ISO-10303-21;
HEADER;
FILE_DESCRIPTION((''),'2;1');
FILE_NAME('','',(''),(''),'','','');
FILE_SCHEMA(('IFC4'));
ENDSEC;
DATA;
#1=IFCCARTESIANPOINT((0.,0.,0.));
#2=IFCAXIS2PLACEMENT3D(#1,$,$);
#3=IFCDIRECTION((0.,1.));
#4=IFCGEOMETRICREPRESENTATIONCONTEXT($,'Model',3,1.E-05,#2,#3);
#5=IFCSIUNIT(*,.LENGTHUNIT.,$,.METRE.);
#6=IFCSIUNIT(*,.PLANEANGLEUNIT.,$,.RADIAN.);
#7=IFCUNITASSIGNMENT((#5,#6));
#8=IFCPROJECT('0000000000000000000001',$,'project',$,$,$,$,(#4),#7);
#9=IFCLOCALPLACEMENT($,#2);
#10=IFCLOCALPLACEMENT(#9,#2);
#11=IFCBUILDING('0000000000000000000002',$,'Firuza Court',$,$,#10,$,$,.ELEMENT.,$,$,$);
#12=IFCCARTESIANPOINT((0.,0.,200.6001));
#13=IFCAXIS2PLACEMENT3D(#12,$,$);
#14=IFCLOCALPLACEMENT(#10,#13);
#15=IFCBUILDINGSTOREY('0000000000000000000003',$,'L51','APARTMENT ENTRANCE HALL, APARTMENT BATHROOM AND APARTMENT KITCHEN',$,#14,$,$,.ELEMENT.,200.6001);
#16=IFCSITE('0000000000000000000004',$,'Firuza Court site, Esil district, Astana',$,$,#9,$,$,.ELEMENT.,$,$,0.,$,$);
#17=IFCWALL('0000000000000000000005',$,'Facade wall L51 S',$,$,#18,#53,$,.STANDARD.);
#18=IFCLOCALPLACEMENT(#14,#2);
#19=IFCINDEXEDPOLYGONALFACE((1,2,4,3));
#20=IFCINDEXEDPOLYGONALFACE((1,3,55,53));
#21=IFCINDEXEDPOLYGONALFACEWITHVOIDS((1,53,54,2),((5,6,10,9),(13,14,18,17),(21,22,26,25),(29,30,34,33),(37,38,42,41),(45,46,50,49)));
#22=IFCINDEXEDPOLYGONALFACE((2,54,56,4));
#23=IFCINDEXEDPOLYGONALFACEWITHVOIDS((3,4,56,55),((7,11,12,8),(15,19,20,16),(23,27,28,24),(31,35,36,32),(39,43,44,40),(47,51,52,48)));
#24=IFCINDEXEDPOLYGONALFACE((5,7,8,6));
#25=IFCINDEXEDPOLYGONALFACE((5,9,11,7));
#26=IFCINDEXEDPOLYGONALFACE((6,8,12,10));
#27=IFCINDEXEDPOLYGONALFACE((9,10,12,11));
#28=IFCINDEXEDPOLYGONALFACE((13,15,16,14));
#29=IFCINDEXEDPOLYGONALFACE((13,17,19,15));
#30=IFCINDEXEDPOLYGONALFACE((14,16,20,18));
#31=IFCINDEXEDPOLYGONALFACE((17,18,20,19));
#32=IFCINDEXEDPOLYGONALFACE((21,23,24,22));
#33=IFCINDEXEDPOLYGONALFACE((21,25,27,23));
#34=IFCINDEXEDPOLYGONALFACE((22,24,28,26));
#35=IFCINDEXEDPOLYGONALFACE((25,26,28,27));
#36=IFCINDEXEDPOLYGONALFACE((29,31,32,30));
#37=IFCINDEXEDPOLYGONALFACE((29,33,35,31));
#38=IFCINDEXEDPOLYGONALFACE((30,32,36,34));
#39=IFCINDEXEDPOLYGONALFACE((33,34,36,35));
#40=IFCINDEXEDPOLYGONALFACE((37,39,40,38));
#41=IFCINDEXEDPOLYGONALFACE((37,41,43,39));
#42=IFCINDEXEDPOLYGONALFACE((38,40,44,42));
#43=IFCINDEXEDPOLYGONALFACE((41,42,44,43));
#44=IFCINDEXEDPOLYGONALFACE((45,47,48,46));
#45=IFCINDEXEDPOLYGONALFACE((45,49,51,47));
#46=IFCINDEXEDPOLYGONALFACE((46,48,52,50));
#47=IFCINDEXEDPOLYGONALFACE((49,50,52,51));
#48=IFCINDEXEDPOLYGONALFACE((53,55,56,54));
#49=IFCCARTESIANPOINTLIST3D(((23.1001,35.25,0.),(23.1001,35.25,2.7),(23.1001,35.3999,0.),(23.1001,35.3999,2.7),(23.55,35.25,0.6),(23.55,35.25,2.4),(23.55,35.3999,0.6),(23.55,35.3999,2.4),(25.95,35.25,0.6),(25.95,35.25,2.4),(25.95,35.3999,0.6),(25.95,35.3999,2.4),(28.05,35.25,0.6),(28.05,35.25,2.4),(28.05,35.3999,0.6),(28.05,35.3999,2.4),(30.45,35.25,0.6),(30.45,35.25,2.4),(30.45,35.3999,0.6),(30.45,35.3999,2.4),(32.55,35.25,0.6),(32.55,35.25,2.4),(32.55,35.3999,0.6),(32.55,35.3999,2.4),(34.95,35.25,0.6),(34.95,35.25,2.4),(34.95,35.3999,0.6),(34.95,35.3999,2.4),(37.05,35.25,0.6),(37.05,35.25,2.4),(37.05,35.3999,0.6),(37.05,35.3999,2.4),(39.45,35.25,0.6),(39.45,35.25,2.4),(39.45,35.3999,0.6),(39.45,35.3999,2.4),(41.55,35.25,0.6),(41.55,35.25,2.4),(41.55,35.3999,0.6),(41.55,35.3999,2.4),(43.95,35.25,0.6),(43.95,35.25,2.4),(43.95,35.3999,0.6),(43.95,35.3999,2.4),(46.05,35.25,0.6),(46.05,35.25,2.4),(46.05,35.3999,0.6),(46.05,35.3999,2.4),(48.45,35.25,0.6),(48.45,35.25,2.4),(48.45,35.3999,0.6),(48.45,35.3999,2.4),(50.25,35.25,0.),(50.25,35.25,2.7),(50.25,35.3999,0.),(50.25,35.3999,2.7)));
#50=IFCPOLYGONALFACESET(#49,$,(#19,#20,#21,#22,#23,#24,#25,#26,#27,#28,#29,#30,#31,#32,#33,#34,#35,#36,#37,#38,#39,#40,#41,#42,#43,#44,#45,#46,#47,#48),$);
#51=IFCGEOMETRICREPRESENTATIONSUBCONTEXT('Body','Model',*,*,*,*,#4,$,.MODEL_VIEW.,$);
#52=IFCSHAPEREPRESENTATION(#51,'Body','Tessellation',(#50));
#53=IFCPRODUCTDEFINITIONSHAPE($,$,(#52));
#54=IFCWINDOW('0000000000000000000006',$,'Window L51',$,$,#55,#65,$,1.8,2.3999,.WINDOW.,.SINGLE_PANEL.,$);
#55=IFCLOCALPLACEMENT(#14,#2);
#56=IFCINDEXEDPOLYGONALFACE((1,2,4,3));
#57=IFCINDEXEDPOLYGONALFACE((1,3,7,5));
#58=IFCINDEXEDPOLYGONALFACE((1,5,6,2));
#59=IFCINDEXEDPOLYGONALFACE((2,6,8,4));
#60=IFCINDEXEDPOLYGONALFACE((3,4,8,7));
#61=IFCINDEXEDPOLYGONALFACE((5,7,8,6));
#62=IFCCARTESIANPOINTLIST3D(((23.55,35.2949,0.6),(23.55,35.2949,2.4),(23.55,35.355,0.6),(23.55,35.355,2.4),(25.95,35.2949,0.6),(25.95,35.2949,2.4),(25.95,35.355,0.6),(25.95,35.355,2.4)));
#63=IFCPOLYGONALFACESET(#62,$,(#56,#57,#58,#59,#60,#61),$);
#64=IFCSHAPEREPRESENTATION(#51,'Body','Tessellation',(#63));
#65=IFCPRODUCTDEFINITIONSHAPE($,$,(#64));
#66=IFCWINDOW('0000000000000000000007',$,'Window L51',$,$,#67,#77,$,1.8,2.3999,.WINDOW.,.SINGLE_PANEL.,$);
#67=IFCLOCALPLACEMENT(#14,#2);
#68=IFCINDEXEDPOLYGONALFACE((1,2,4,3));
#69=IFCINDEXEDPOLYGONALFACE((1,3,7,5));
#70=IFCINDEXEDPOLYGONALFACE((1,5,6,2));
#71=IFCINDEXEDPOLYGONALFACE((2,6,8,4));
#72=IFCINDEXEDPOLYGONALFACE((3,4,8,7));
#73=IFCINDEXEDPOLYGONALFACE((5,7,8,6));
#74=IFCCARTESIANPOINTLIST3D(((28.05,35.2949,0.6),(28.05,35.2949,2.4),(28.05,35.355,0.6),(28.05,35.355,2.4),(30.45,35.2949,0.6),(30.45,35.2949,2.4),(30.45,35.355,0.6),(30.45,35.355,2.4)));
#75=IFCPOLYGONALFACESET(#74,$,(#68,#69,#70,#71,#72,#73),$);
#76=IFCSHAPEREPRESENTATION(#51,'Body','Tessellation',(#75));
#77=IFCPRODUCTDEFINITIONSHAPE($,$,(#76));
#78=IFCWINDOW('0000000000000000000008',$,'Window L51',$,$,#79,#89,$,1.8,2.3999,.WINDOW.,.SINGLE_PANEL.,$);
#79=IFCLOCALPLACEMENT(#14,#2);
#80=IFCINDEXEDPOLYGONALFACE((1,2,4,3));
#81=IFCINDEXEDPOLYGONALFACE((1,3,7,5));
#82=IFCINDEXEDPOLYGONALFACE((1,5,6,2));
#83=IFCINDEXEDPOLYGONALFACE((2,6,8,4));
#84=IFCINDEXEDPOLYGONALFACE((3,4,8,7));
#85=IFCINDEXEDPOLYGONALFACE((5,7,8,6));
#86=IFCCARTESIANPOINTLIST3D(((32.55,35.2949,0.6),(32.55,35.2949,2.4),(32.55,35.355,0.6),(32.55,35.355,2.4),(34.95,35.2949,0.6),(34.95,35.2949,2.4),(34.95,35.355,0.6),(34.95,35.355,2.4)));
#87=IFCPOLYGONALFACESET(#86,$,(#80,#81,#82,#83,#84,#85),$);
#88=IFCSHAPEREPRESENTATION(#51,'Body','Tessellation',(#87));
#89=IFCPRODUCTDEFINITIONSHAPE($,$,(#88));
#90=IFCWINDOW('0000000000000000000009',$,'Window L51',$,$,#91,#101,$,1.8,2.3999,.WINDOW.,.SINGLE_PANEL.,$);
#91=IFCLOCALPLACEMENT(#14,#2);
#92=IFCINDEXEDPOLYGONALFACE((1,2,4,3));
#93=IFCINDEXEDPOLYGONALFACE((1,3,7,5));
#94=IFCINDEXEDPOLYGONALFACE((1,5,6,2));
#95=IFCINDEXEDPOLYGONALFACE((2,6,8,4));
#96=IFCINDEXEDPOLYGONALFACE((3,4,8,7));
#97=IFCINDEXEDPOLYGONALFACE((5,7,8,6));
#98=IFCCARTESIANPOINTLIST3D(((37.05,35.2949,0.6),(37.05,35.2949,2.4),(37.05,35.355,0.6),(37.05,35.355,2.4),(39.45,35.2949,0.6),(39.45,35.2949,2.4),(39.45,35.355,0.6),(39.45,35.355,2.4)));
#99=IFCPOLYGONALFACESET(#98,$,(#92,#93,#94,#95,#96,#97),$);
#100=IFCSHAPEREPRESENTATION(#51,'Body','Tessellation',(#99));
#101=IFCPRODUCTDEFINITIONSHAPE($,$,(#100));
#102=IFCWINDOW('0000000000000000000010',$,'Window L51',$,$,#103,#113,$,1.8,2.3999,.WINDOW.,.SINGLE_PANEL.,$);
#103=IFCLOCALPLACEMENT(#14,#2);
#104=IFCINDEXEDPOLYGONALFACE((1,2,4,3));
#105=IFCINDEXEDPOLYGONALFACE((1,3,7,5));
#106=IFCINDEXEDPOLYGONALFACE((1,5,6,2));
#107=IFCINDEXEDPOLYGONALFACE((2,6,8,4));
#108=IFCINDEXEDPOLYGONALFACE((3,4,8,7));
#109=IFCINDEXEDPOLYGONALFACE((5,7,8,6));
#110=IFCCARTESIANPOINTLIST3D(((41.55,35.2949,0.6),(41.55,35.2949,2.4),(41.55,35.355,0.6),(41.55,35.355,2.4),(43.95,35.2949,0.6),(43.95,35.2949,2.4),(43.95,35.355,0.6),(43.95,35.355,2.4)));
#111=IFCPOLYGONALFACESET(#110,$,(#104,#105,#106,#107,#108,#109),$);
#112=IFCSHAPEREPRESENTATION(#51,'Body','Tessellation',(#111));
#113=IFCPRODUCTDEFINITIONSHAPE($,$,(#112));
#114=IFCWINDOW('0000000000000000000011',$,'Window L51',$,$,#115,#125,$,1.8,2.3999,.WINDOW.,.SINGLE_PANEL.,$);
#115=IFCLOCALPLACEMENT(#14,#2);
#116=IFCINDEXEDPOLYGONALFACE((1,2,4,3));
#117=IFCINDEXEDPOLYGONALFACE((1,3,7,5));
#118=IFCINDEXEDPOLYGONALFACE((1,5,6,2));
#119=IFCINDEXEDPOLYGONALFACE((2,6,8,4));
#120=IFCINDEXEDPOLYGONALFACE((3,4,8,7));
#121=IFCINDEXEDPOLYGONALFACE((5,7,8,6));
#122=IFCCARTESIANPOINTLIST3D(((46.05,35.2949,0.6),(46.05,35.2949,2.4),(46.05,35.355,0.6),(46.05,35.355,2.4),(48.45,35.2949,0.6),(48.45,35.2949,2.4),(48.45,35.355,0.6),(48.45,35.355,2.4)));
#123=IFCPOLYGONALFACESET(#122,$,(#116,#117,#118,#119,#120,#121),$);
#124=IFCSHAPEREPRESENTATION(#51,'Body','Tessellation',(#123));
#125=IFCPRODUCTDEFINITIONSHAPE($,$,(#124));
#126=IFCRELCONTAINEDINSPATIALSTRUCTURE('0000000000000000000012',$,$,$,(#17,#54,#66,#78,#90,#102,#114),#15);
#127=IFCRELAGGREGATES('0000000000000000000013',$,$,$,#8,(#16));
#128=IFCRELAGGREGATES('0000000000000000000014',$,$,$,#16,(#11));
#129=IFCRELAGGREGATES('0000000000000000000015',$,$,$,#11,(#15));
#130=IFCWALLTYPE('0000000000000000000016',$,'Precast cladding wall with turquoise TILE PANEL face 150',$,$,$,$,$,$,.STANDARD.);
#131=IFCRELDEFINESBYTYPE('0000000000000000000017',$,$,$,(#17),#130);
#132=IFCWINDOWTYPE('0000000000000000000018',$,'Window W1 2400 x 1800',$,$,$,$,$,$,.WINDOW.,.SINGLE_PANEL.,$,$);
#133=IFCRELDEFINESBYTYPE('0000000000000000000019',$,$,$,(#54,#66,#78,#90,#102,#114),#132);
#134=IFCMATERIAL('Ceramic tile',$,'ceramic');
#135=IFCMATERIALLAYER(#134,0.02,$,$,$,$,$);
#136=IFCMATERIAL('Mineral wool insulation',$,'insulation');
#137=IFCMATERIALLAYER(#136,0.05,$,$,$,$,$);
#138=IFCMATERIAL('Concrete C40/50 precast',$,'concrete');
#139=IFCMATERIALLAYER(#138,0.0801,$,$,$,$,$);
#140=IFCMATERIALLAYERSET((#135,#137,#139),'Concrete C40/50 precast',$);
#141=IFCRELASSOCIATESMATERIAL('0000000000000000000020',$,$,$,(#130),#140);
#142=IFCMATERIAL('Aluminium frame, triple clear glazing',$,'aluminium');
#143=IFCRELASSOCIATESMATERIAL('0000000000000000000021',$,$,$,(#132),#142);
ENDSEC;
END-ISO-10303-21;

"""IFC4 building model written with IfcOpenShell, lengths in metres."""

from ifc_helpers import new_model, si_unit, direction, frame, frame_2d, origin, place, context, subcontext, project, spatial, rectangle, extrude, material, layer, layer_set, type_object, element, fill, save


model = new_model("IFC4")

# Units and contexts
model_context = context("Model", 3, precision=1e-05, world=origin(), true_north=direction((0.0, 1.0)))
body_context = subcontext(model_context, "Body", "Model", "MODEL_VIEW")
ifc_project = project(units=[si_unit("LENGTHUNIT", "METRE"), si_unit("PLANEANGLEUNIT", "RADIAN")], contexts=[model_context])

# Site, building, storey
site_placement = place(None, origin())
site = spatial("IfcSite", under=ifc_project, at=site_placement, Name="Firuza Court site, Esil district, Astana", CompositionType="ELEMENT", RefElevation=0.0)
building_placement = place(site_placement, origin())
building = spatial("IfcBuilding", under=site, at=building_placement, Name="Firuza Court", CompositionType="ELEMENT")
storey_placement = place(building_placement, frame((0.0, 0.0, 200.6001)))
storey = spatial("IfcBuildingStorey", under=building, at=storey_placement, Name="L51", Description="APARTMENT ENTRANCE HALL, APARTMENT BATHROOM AND APARTMENT KITCHEN", CompositionType="ELEMENT", Elevation=200.6001)

# Wall, openings, windows
ifc_material_1 = material(Name="Ceramic tile", Category="ceramic")
ifc_layer_1 = layer(ifc_material_1, 0.02)
ifc_material_2 = material(Name="Mineral wool insulation", Category="insulation")
ifc_layer_2 = layer(ifc_material_2, 0.05)
ifc_material_3 = material(Name="Concrete C40/50 precast", Category="concrete")
ifc_layer_3 = layer(ifc_material_3, 0.0801)
ifc_layer_set_1 = layer_set([ifc_layer_1, ifc_layer_2, ifc_layer_3], Name="Concrete C40/50 precast")
wall_type_1 = type_object("IfcWallType", Name="Precast cladding wall with turquoise TILE PANEL face 150", PredefinedType="STANDARD", material=ifc_layer_set_1)
ifc_material_4 = material(Name="Aluminium frame, triple clear glazing", Category="aluminium")
window_type_1 = type_object("IfcWindowType", Name="Window W1 2400 x 1800", PartitioningType="SINGLE_PANEL", PredefinedType="WINDOW", material=ifc_material_4)
wall_1_placement = place(storey_placement, frame((23.1001, 35.325, 0.0), z_axis=(0.0, 0.0, 1.0), x_axis=(1.0, 0.0, 0.0)))
wall_1 = element("IfcWall", 1, at=wall_1_placement, inside=storey, type_object=wall_type_1, Name="Facade wall L51 S", PredefinedType="STANDARD", context=body_context, shape_type="SweptSolid", body=[
    extrude(rectangle(XDim=27.1499, YDim=0.1499, at=frame_2d((13.575, 0.0))), origin(), (0.0, 0.0, 1.0), 2.7),
])
opening_1_placement = place(wall_1_placement, frame((0.45, 0.0, 0.6001)))
opening_1 = element("IfcOpeningElement", 2, at=opening_1_placement, cuts=wall_1, PredefinedType="OPENING", context=body_context, shape_type="SweptSolid", body=[
    extrude(rectangle(XDim=2.3999, YDim=1.8, at=frame_2d((1.2, 0.8999))), frame((0.0, 0.0869, 0.0), z_axis=(0.0, -1.0, 0.0), x_axis=(1.0, 0.0, 0.0)), (0.0, 0.0, 1.0), 0.1738),
])
opening_2_placement = place(wall_1_placement, frame((4.95, 0.0, 0.6001)))
opening_2 = element("IfcOpeningElement", 3, at=opening_2_placement, cuts=wall_1, PredefinedType="OPENING", context=body_context, shape_type="SweptSolid", body=[
    extrude(rectangle(XDim=2.3999, YDim=1.8, at=frame_2d((1.2, 0.8999))), frame((0.0, 0.0869, 0.0), z_axis=(0.0, -1.0, 0.0), x_axis=(1.0, 0.0, 0.0)), (0.0, 0.0, 1.0), 0.1738),
])
opening_3_placement = place(wall_1_placement, frame((9.45, 0.0, 0.6001)))
opening_3 = element("IfcOpeningElement", 4, at=opening_3_placement, cuts=wall_1, PredefinedType="OPENING", context=body_context, shape_type="SweptSolid", body=[
    extrude(rectangle(XDim=2.3999, YDim=1.8, at=frame_2d((1.2, 0.8999))), frame((0.0, 0.0869, 0.0), z_axis=(0.0, -1.0, 0.0), x_axis=(1.0, 0.0, 0.0)), (0.0, 0.0, 1.0), 0.1738),
])
opening_4_placement = place(wall_1_placement, frame((13.95, 0.0, 0.6001)))
opening_4 = element("IfcOpeningElement", 5, at=opening_4_placement, cuts=wall_1, PredefinedType="OPENING", context=body_context, shape_type="SweptSolid", body=[
    extrude(rectangle(XDim=2.3999, YDim=1.8, at=frame_2d((1.2, 0.8999))), frame((0.0, 0.0869, 0.0), z_axis=(0.0, -1.0, 0.0), x_axis=(1.0, 0.0, 0.0)), (0.0, 0.0, 1.0), 0.1738),
])
opening_5_placement = place(wall_1_placement, frame((18.45, 0.0, 0.6001)))
opening_5 = element("IfcOpeningElement", 6, at=opening_5_placement, cuts=wall_1, PredefinedType="OPENING", context=body_context, shape_type="SweptSolid", body=[
    extrude(rectangle(XDim=2.3999, YDim=1.8, at=frame_2d((1.2, 0.8999))), frame((0.0, 0.0869, 0.0), z_axis=(0.0, -1.0, 0.0), x_axis=(1.0, 0.0, 0.0)), (0.0, 0.0, 1.0), 0.1738),
])
opening_6_placement = place(wall_1_placement, frame((22.95, 0.0, 0.6001)))
opening_6 = element("IfcOpeningElement", 7, at=opening_6_placement, cuts=wall_1, PredefinedType="OPENING", context=body_context, shape_type="SweptSolid", body=[
    extrude(rectangle(XDim=2.3999, YDim=1.8, at=frame_2d((1.2, 0.8999))), frame((0.0, 0.0869, 0.0), z_axis=(0.0, -1.0, 0.0), x_axis=(1.0, 0.0, 0.0)), (0.0, 0.0, 1.0), 0.1738),
])
window_1_placement = place(opening_1_placement, origin())
window_1 = element("IfcWindow", 8, at=window_1_placement, inside=storey, type_object=window_type_1, Name="Window L51", OverallHeight=1.8, OverallWidth=2.3999, PartitioningType="SINGLE_PANEL", PredefinedType="WINDOW", context=body_context, shape_type="SweptSolid", body=[
    extrude(rectangle(XDim=2.3999, YDim=1.8, at=frame_2d((1.2, 0.8999))), frame((0.0, 0.03, 0.0), z_axis=(0.0, -1.0, 0.0), x_axis=(1.0, 0.0, 0.0)), (0.0, 0.0, 1.0), 0.0601),
])
fill(opening_1, window_1)
window_2_placement = place(opening_2_placement, origin())
window_2 = element("IfcWindow", 9, at=window_2_placement, inside=storey, type_object=window_type_1, Name="Window L51", OverallHeight=1.8, OverallWidth=2.3999, PartitioningType="SINGLE_PANEL", PredefinedType="WINDOW", context=body_context, shape_type="SweptSolid", body=[
    extrude(rectangle(XDim=2.3999, YDim=1.8, at=frame_2d((1.2, 0.8999))), frame((0.0, 0.03, 0.0), z_axis=(0.0, -1.0, 0.0), x_axis=(1.0, 0.0, 0.0)), (0.0, 0.0, 1.0), 0.0601),
])
fill(opening_2, window_2)
window_3_placement = place(opening_3_placement, origin())
window_3 = element("IfcWindow", 10, at=window_3_placement, inside=storey, type_object=window_type_1, Name="Window L51", OverallHeight=1.8, OverallWidth=2.3999, PartitioningType="SINGLE_PANEL", PredefinedType="WINDOW", context=body_context, shape_type="SweptSolid", body=[
    extrude(rectangle(XDim=2.3999, YDim=1.8, at=frame_2d((1.2, 0.8999))), frame((0.0, 0.03, 0.0), z_axis=(0.0, -1.0, 0.0), x_axis=(1.0, 0.0, 0.0)), (0.0, 0.0, 1.0), 0.0601),
])
fill(opening_3, window_3)
window_4_placement = place(opening_4_placement, origin())
window_4 = element("IfcWindow", 11, at=window_4_placement, inside=storey, type_object=window_type_1, Name="Window L51", OverallHeight=1.8, OverallWidth=2.3999, PartitioningType="SINGLE_PANEL", PredefinedType="WINDOW", context=body_context, shape_type="SweptSolid", body=[
    extrude(rectangle(XDim=2.3999, YDim=1.8, at=frame_2d((1.2, 0.8999))), frame((0.0, 0.03, 0.0), z_axis=(0.0, -1.0, 0.0), x_axis=(1.0, 0.0, 0.0)), (0.0, 0.0, 1.0), 0.0601),
])
fill(opening_4, window_4)
window_5_placement = place(opening_5_placement, origin())
window_5 = element("IfcWindow", 12, at=window_5_placement, inside=storey, type_object=window_type_1, Name="Window L51", OverallHeight=1.8, OverallWidth=2.3999, PartitioningType="SINGLE_PANEL", PredefinedType="WINDOW", context=body_context, shape_type="SweptSolid", body=[
    extrude(rectangle(XDim=2.3999, YDim=1.8, at=frame_2d((1.2, 0.8999))), frame((0.0, 0.03, 0.0), z_axis=(0.0, -1.0, 0.0), x_axis=(1.0, 0.0, 0.0)), (0.0, 0.0, 1.0), 0.0601),
])
fill(opening_5, window_5)
window_6_placement = place(opening_6_placement, origin())
window_6 = element("IfcWindow", 13, at=window_6_placement, inside=storey, type_object=window_type_1, Name="Window L51", OverallHeight=1.8, OverallWidth=2.3999, PartitioningType="SINGLE_PANEL", PredefinedType="WINDOW", context=body_context, shape_type="SweptSolid", body=[
    extrude(rectangle(XDim=2.3999, YDim=1.8, at=frame_2d((1.2, 0.8999))), frame((0.0, 0.03, 0.0), z_axis=(0.0, -1.0, 0.0), x_axis=(1.0, 0.0, 0.0)), (0.0, 0.0, 1.0), 0.0601),
])
fill(opening_6, window_6)

save(model, "model.ifc")
